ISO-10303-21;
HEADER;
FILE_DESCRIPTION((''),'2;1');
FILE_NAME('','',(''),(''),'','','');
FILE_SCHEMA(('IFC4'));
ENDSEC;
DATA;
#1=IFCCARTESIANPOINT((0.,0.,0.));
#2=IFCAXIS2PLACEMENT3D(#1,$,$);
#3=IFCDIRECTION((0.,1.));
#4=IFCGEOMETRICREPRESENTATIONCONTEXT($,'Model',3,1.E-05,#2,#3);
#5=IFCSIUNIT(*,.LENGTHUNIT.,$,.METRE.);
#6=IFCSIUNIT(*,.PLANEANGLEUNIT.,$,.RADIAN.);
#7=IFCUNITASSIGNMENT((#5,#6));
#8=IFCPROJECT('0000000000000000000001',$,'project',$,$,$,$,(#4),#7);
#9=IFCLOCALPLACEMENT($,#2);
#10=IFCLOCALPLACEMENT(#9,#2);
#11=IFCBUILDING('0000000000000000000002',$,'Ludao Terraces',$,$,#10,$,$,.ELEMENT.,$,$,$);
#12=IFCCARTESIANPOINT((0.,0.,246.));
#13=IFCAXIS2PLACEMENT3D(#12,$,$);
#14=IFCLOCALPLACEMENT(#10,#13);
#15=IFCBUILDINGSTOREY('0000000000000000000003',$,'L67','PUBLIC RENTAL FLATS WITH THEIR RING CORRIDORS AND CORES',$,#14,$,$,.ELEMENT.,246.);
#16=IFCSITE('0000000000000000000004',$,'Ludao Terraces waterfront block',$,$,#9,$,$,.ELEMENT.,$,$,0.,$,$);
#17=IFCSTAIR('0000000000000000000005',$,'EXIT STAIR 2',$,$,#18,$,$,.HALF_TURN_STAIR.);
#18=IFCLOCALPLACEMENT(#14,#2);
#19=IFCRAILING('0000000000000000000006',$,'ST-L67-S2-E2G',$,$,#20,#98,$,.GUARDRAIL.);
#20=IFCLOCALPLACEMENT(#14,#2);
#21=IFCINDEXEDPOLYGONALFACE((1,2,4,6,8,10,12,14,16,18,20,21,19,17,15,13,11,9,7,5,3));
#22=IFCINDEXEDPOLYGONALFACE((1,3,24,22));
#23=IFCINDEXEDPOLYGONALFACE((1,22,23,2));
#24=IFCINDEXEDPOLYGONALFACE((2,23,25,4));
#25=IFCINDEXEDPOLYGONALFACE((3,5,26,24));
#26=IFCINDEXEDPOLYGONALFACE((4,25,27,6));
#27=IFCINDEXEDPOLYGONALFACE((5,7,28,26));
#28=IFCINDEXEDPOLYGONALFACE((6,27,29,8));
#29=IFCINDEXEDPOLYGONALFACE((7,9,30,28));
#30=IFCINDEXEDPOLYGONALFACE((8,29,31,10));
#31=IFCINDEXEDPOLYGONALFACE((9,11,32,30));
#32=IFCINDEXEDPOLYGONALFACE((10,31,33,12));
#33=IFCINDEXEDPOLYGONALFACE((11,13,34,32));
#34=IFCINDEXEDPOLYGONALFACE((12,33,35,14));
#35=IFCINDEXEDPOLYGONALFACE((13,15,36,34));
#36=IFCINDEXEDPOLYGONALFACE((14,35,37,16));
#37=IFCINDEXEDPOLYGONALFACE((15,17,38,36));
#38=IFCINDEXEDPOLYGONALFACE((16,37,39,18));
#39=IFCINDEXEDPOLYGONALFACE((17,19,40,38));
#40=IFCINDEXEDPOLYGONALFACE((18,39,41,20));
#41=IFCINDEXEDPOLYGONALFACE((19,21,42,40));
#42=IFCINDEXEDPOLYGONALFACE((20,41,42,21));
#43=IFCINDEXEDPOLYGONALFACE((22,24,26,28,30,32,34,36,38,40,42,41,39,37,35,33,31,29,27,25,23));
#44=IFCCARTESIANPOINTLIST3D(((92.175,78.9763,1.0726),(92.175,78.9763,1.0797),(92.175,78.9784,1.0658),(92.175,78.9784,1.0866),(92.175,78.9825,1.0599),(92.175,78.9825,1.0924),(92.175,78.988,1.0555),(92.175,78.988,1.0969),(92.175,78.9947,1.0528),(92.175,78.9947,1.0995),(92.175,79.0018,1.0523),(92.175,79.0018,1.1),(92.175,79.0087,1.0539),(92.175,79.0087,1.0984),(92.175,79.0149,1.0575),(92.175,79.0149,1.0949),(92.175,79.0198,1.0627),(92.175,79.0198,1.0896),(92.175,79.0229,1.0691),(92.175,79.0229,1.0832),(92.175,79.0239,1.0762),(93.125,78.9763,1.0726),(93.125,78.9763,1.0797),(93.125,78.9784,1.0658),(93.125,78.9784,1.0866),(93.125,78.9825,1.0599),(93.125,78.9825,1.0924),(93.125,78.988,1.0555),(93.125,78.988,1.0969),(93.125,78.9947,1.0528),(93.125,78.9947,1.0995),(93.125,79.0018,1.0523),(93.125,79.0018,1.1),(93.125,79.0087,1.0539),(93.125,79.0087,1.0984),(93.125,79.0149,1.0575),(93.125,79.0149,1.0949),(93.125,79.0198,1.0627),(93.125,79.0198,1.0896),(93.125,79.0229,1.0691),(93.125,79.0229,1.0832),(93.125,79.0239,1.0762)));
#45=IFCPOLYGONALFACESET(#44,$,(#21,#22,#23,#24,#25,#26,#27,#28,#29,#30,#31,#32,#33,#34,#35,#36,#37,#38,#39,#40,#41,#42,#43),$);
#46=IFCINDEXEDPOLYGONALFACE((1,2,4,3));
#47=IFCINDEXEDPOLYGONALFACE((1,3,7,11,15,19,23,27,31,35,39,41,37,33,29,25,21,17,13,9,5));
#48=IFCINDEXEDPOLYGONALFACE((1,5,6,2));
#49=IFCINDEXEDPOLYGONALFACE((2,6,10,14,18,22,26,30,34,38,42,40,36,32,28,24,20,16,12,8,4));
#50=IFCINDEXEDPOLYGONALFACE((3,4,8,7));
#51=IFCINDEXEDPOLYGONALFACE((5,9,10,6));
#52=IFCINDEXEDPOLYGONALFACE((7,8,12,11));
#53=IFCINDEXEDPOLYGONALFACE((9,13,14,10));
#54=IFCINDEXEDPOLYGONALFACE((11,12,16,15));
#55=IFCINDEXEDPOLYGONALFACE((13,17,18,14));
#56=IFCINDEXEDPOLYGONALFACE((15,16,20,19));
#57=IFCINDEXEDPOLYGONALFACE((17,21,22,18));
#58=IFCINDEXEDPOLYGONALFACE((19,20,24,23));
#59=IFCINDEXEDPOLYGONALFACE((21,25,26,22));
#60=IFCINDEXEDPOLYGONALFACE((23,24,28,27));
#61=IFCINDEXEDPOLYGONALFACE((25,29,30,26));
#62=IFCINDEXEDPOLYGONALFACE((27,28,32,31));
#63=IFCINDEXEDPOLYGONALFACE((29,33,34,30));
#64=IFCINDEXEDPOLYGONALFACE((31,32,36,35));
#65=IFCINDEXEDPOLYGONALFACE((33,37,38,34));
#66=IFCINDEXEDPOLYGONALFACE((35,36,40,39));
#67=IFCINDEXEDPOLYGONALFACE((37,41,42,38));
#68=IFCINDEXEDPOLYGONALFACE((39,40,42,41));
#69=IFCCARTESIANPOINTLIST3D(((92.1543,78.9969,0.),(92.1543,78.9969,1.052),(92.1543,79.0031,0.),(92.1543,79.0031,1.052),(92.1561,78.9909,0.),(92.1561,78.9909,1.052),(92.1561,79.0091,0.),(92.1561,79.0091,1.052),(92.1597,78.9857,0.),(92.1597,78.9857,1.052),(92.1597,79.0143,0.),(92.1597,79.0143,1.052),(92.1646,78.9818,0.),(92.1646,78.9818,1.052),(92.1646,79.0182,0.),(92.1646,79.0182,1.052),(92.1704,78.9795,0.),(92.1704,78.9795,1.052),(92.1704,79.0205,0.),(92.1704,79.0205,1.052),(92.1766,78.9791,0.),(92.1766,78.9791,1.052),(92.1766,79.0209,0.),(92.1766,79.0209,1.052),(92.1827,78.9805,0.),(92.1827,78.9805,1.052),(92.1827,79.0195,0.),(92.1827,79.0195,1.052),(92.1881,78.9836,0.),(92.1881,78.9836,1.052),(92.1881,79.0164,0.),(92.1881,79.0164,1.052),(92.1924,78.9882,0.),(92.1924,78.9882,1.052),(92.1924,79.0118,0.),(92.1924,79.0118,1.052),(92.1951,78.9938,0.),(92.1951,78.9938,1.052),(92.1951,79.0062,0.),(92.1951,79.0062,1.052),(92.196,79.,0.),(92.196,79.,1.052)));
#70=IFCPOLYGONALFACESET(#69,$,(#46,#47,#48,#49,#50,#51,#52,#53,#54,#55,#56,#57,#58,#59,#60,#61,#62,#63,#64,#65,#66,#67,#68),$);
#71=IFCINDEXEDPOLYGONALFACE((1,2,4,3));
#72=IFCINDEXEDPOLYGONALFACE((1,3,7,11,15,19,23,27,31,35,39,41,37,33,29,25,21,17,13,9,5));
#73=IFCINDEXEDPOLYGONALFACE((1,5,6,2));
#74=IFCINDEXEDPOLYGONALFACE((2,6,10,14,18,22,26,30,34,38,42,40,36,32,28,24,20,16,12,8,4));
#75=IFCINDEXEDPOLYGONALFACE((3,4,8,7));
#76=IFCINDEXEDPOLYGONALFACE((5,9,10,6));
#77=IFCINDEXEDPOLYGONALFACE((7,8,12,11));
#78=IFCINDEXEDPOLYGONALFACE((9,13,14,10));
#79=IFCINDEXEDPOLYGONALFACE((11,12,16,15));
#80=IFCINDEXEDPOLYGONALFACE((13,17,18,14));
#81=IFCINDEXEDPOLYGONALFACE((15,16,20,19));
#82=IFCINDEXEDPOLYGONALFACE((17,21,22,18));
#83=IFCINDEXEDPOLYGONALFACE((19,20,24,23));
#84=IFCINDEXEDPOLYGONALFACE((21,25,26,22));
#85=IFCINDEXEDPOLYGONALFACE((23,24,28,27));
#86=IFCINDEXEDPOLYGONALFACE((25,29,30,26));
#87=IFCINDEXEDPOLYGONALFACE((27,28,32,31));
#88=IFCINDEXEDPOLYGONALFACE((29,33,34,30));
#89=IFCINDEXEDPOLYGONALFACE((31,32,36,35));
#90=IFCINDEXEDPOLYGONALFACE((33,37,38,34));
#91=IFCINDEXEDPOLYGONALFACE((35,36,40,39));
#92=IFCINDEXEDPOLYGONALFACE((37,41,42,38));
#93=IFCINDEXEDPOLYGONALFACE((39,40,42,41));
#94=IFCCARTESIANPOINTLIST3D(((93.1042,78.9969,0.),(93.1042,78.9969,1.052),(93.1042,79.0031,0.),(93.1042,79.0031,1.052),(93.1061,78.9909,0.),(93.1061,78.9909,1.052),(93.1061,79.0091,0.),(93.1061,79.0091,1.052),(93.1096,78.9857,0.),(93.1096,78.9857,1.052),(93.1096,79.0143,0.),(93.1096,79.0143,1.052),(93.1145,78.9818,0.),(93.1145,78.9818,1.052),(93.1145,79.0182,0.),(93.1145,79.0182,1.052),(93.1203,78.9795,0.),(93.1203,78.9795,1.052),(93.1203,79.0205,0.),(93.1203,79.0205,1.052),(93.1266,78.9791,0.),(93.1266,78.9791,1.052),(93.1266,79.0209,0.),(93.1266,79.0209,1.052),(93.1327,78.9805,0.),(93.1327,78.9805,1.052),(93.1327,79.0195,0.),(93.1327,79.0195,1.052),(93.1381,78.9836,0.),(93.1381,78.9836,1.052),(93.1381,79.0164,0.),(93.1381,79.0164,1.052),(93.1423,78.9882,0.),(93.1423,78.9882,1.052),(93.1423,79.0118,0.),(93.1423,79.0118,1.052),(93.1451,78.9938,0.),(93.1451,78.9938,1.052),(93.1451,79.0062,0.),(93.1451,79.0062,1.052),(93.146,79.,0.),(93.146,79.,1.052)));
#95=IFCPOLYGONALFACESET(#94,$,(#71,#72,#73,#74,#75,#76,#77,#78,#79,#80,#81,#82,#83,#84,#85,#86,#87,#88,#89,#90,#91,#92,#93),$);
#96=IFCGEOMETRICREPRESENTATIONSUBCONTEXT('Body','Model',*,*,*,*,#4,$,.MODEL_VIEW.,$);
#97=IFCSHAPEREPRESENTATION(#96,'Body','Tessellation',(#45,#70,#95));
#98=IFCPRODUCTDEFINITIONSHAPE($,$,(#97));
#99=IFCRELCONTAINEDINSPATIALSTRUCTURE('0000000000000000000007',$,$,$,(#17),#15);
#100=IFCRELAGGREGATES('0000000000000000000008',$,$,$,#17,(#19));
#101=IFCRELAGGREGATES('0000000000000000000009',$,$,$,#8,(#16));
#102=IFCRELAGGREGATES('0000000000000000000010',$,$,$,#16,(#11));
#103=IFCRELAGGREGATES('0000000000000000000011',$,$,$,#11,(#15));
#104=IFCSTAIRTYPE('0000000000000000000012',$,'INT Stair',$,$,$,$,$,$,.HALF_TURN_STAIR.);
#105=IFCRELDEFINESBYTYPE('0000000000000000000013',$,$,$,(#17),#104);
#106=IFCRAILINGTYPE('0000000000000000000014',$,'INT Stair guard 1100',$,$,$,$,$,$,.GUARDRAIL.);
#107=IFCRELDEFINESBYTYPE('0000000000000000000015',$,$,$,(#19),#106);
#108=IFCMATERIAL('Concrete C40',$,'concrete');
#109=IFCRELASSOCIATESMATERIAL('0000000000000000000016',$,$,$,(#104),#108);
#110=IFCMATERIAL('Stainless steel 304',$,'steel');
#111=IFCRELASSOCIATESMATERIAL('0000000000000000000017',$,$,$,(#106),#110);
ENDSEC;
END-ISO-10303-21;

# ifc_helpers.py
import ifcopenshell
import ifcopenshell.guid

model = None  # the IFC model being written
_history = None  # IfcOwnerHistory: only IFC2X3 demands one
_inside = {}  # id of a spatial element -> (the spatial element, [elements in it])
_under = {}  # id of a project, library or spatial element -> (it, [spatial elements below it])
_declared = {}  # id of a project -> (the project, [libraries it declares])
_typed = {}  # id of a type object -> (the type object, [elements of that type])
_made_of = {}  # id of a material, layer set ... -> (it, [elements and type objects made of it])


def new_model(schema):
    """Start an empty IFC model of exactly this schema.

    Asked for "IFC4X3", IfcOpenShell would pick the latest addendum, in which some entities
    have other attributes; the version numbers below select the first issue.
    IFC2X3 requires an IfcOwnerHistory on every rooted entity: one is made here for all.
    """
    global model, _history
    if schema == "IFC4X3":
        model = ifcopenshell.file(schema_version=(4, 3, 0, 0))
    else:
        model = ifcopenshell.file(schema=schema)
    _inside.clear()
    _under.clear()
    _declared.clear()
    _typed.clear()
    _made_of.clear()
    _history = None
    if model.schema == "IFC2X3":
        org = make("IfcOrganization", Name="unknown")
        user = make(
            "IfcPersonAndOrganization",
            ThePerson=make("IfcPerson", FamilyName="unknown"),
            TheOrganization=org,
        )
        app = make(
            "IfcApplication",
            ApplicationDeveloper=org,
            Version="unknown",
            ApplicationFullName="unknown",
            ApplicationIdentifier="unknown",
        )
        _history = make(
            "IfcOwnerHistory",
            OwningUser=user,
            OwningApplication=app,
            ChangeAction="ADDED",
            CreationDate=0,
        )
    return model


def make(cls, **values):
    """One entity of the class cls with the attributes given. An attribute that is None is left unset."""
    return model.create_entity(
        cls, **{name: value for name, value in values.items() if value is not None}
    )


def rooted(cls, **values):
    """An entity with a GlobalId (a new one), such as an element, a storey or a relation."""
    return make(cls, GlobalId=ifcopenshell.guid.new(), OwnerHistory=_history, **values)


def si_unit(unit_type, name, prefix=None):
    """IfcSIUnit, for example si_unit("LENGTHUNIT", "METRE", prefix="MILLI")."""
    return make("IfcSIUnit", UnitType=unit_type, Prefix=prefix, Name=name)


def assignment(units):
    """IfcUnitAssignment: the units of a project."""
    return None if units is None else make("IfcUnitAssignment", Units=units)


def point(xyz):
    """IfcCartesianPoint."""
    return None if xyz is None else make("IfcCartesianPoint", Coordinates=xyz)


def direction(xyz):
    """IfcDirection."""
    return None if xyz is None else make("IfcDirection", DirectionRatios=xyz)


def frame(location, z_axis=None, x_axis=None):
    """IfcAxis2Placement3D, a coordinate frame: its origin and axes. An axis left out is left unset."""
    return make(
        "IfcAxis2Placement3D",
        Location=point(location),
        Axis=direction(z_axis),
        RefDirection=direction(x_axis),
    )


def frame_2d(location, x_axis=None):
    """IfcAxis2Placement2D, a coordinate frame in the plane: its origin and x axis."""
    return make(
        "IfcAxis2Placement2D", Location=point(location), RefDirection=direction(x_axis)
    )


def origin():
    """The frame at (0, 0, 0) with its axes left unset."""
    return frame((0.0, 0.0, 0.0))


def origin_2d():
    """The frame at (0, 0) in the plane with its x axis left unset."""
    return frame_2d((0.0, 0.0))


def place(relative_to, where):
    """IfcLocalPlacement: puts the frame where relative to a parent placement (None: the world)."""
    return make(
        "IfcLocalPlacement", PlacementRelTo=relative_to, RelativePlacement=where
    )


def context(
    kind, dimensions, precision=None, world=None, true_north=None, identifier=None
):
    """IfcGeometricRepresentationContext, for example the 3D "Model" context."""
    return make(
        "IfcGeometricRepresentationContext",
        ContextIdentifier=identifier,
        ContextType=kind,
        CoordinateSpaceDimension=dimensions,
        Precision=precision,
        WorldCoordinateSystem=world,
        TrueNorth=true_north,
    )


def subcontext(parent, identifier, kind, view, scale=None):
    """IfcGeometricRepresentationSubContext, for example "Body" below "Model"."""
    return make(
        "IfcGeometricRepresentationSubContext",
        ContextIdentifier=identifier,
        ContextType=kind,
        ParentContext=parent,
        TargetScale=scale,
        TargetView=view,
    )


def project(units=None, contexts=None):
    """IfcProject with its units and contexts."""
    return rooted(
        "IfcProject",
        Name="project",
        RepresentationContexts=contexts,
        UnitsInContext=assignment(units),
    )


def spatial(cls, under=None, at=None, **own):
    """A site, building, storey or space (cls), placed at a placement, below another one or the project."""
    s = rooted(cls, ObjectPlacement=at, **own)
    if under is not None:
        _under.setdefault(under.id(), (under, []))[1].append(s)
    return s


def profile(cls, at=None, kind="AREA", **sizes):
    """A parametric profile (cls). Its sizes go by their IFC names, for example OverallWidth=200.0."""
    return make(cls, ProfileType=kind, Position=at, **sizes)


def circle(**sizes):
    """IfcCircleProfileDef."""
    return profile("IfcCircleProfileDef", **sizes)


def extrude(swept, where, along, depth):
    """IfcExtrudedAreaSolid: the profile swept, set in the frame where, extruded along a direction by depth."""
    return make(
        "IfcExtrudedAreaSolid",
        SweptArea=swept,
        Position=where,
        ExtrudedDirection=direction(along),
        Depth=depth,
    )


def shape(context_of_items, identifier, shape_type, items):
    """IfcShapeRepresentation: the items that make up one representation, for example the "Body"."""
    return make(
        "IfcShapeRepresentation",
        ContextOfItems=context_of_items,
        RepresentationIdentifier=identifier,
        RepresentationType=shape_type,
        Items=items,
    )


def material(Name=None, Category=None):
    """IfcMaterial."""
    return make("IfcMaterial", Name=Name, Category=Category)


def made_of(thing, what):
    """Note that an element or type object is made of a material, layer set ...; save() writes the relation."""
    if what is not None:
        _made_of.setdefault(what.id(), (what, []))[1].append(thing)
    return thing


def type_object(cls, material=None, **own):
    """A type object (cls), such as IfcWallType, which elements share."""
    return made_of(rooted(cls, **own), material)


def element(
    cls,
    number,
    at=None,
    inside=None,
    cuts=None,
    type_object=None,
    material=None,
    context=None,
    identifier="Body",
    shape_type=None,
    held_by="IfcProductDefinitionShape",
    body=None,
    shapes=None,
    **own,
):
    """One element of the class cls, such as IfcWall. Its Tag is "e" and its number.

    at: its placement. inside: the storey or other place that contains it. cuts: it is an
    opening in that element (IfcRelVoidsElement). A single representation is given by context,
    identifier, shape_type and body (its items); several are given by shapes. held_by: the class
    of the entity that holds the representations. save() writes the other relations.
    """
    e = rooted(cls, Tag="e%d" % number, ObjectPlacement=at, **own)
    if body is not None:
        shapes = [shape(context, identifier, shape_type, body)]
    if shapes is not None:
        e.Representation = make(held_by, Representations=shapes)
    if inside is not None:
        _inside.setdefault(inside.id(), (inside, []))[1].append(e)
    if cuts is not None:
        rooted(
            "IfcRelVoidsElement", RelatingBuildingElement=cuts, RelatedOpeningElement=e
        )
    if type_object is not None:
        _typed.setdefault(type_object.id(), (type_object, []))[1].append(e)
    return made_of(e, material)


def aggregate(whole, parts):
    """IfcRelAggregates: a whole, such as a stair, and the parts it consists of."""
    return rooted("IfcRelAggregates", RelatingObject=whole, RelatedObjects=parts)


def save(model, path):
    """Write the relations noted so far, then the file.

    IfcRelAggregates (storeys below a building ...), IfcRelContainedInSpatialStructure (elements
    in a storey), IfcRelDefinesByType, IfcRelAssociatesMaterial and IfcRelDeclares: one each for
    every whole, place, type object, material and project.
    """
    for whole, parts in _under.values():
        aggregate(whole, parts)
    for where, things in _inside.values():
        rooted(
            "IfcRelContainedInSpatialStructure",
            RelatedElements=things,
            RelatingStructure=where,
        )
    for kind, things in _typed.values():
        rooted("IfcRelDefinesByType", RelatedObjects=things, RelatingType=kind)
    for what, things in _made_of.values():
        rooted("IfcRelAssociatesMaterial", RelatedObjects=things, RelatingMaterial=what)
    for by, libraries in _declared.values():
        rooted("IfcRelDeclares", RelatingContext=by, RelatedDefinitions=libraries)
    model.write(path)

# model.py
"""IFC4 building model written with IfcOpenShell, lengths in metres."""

from ifc_helpers import new_model, si_unit, direction, frame, origin, origin_2d, place, context, subcontext, project, spatial, circle, extrude, material, type_object, element, aggregate, save


model = new_model("IFC4")

# Units and contexts
model_context = context("Model", 3, precision=1e-05, world=origin(), true_north=direction((0.0, 1.0)))
body_context = subcontext(model_context, "Body", "Model", "MODEL_VIEW")
ifc_project = project(units=[si_unit("LENGTHUNIT", "METRE"), si_unit("PLANEANGLEUNIT", "RADIAN")], contexts=[model_context])

# Site, building, storey
site_placement = place(None, origin())
site = spatial("IfcSite", under=ifc_project, at=site_placement, Name="Ludao Terraces waterfront block", CompositionType="ELEMENT", RefElevation=0.0)
building_placement = place(site_placement, origin())
building = spatial("IfcBuilding", under=site, at=building_placement, Name="Ludao Terraces", CompositionType="ELEMENT")
storey_placement = place(building_placement, frame((0.0, 0.0, 246.0)))
storey = spatial("IfcBuildingStorey", under=building, at=storey_placement, Name="L67", Description="PUBLIC RENTAL FLATS WITH THEIR RING CORRIDORS AND CORES", CompositionType="ELEMENT", Elevation=246.0)

# Shared definitions
ifc_material_1 = material(Name="Stainless steel 304", Category="steel")

# Stair, railing
ifc_material_2 = material(Name="Concrete C40", Category="concrete")
stair_type = type_object("IfcStairType", Name="INT Stair", PredefinedType="HALF_TURN_STAIR", material=ifc_material_2)
stair_placement = place(storey_placement, origin())
stair = element("IfcStair", 1, at=stair_placement, inside=storey, type_object=stair_type, Name="EXIT STAIR 2", PredefinedType="HALF_TURN_STAIR")
railing_type_1 = type_object("IfcRailingType", Name="INT Stair guard 1100", PredefinedType="GUARDRAIL", material=ifc_material_1)
railing_1_placement = place(storey_placement, frame((92.175, 79.0, 0.0)))
railing_1 = element("IfcRailing", 2, at=railing_1_placement, type_object=railing_type_1, Name="ST-L67-S2-E2G", PredefinedType="GUARDRAIL", context=body_context, shape_type="SweptSolid", body=[
    extrude(circle(Radius=0.0239, at=origin_2d()), frame((0.0, 0.0, 1.0762), z_axis=(1.0, 0.0, 0.0), x_axis=(0.0, 1.0, 0.0)), (0.0, 0.0, 1.0), 0.95),
    extrude(circle(Radius=0.021, at=origin_2d()), origin(), (0.0, 0.0, 1.0), 1.052),
    extrude(circle(Radius=0.021, at=origin_2d()), frame((0.95, 0.0, 0.0)), (0.0, 0.0, 1.0), 1.052),
])
aggregate(stair, [railing_1])

save(model, "model.ifc")
